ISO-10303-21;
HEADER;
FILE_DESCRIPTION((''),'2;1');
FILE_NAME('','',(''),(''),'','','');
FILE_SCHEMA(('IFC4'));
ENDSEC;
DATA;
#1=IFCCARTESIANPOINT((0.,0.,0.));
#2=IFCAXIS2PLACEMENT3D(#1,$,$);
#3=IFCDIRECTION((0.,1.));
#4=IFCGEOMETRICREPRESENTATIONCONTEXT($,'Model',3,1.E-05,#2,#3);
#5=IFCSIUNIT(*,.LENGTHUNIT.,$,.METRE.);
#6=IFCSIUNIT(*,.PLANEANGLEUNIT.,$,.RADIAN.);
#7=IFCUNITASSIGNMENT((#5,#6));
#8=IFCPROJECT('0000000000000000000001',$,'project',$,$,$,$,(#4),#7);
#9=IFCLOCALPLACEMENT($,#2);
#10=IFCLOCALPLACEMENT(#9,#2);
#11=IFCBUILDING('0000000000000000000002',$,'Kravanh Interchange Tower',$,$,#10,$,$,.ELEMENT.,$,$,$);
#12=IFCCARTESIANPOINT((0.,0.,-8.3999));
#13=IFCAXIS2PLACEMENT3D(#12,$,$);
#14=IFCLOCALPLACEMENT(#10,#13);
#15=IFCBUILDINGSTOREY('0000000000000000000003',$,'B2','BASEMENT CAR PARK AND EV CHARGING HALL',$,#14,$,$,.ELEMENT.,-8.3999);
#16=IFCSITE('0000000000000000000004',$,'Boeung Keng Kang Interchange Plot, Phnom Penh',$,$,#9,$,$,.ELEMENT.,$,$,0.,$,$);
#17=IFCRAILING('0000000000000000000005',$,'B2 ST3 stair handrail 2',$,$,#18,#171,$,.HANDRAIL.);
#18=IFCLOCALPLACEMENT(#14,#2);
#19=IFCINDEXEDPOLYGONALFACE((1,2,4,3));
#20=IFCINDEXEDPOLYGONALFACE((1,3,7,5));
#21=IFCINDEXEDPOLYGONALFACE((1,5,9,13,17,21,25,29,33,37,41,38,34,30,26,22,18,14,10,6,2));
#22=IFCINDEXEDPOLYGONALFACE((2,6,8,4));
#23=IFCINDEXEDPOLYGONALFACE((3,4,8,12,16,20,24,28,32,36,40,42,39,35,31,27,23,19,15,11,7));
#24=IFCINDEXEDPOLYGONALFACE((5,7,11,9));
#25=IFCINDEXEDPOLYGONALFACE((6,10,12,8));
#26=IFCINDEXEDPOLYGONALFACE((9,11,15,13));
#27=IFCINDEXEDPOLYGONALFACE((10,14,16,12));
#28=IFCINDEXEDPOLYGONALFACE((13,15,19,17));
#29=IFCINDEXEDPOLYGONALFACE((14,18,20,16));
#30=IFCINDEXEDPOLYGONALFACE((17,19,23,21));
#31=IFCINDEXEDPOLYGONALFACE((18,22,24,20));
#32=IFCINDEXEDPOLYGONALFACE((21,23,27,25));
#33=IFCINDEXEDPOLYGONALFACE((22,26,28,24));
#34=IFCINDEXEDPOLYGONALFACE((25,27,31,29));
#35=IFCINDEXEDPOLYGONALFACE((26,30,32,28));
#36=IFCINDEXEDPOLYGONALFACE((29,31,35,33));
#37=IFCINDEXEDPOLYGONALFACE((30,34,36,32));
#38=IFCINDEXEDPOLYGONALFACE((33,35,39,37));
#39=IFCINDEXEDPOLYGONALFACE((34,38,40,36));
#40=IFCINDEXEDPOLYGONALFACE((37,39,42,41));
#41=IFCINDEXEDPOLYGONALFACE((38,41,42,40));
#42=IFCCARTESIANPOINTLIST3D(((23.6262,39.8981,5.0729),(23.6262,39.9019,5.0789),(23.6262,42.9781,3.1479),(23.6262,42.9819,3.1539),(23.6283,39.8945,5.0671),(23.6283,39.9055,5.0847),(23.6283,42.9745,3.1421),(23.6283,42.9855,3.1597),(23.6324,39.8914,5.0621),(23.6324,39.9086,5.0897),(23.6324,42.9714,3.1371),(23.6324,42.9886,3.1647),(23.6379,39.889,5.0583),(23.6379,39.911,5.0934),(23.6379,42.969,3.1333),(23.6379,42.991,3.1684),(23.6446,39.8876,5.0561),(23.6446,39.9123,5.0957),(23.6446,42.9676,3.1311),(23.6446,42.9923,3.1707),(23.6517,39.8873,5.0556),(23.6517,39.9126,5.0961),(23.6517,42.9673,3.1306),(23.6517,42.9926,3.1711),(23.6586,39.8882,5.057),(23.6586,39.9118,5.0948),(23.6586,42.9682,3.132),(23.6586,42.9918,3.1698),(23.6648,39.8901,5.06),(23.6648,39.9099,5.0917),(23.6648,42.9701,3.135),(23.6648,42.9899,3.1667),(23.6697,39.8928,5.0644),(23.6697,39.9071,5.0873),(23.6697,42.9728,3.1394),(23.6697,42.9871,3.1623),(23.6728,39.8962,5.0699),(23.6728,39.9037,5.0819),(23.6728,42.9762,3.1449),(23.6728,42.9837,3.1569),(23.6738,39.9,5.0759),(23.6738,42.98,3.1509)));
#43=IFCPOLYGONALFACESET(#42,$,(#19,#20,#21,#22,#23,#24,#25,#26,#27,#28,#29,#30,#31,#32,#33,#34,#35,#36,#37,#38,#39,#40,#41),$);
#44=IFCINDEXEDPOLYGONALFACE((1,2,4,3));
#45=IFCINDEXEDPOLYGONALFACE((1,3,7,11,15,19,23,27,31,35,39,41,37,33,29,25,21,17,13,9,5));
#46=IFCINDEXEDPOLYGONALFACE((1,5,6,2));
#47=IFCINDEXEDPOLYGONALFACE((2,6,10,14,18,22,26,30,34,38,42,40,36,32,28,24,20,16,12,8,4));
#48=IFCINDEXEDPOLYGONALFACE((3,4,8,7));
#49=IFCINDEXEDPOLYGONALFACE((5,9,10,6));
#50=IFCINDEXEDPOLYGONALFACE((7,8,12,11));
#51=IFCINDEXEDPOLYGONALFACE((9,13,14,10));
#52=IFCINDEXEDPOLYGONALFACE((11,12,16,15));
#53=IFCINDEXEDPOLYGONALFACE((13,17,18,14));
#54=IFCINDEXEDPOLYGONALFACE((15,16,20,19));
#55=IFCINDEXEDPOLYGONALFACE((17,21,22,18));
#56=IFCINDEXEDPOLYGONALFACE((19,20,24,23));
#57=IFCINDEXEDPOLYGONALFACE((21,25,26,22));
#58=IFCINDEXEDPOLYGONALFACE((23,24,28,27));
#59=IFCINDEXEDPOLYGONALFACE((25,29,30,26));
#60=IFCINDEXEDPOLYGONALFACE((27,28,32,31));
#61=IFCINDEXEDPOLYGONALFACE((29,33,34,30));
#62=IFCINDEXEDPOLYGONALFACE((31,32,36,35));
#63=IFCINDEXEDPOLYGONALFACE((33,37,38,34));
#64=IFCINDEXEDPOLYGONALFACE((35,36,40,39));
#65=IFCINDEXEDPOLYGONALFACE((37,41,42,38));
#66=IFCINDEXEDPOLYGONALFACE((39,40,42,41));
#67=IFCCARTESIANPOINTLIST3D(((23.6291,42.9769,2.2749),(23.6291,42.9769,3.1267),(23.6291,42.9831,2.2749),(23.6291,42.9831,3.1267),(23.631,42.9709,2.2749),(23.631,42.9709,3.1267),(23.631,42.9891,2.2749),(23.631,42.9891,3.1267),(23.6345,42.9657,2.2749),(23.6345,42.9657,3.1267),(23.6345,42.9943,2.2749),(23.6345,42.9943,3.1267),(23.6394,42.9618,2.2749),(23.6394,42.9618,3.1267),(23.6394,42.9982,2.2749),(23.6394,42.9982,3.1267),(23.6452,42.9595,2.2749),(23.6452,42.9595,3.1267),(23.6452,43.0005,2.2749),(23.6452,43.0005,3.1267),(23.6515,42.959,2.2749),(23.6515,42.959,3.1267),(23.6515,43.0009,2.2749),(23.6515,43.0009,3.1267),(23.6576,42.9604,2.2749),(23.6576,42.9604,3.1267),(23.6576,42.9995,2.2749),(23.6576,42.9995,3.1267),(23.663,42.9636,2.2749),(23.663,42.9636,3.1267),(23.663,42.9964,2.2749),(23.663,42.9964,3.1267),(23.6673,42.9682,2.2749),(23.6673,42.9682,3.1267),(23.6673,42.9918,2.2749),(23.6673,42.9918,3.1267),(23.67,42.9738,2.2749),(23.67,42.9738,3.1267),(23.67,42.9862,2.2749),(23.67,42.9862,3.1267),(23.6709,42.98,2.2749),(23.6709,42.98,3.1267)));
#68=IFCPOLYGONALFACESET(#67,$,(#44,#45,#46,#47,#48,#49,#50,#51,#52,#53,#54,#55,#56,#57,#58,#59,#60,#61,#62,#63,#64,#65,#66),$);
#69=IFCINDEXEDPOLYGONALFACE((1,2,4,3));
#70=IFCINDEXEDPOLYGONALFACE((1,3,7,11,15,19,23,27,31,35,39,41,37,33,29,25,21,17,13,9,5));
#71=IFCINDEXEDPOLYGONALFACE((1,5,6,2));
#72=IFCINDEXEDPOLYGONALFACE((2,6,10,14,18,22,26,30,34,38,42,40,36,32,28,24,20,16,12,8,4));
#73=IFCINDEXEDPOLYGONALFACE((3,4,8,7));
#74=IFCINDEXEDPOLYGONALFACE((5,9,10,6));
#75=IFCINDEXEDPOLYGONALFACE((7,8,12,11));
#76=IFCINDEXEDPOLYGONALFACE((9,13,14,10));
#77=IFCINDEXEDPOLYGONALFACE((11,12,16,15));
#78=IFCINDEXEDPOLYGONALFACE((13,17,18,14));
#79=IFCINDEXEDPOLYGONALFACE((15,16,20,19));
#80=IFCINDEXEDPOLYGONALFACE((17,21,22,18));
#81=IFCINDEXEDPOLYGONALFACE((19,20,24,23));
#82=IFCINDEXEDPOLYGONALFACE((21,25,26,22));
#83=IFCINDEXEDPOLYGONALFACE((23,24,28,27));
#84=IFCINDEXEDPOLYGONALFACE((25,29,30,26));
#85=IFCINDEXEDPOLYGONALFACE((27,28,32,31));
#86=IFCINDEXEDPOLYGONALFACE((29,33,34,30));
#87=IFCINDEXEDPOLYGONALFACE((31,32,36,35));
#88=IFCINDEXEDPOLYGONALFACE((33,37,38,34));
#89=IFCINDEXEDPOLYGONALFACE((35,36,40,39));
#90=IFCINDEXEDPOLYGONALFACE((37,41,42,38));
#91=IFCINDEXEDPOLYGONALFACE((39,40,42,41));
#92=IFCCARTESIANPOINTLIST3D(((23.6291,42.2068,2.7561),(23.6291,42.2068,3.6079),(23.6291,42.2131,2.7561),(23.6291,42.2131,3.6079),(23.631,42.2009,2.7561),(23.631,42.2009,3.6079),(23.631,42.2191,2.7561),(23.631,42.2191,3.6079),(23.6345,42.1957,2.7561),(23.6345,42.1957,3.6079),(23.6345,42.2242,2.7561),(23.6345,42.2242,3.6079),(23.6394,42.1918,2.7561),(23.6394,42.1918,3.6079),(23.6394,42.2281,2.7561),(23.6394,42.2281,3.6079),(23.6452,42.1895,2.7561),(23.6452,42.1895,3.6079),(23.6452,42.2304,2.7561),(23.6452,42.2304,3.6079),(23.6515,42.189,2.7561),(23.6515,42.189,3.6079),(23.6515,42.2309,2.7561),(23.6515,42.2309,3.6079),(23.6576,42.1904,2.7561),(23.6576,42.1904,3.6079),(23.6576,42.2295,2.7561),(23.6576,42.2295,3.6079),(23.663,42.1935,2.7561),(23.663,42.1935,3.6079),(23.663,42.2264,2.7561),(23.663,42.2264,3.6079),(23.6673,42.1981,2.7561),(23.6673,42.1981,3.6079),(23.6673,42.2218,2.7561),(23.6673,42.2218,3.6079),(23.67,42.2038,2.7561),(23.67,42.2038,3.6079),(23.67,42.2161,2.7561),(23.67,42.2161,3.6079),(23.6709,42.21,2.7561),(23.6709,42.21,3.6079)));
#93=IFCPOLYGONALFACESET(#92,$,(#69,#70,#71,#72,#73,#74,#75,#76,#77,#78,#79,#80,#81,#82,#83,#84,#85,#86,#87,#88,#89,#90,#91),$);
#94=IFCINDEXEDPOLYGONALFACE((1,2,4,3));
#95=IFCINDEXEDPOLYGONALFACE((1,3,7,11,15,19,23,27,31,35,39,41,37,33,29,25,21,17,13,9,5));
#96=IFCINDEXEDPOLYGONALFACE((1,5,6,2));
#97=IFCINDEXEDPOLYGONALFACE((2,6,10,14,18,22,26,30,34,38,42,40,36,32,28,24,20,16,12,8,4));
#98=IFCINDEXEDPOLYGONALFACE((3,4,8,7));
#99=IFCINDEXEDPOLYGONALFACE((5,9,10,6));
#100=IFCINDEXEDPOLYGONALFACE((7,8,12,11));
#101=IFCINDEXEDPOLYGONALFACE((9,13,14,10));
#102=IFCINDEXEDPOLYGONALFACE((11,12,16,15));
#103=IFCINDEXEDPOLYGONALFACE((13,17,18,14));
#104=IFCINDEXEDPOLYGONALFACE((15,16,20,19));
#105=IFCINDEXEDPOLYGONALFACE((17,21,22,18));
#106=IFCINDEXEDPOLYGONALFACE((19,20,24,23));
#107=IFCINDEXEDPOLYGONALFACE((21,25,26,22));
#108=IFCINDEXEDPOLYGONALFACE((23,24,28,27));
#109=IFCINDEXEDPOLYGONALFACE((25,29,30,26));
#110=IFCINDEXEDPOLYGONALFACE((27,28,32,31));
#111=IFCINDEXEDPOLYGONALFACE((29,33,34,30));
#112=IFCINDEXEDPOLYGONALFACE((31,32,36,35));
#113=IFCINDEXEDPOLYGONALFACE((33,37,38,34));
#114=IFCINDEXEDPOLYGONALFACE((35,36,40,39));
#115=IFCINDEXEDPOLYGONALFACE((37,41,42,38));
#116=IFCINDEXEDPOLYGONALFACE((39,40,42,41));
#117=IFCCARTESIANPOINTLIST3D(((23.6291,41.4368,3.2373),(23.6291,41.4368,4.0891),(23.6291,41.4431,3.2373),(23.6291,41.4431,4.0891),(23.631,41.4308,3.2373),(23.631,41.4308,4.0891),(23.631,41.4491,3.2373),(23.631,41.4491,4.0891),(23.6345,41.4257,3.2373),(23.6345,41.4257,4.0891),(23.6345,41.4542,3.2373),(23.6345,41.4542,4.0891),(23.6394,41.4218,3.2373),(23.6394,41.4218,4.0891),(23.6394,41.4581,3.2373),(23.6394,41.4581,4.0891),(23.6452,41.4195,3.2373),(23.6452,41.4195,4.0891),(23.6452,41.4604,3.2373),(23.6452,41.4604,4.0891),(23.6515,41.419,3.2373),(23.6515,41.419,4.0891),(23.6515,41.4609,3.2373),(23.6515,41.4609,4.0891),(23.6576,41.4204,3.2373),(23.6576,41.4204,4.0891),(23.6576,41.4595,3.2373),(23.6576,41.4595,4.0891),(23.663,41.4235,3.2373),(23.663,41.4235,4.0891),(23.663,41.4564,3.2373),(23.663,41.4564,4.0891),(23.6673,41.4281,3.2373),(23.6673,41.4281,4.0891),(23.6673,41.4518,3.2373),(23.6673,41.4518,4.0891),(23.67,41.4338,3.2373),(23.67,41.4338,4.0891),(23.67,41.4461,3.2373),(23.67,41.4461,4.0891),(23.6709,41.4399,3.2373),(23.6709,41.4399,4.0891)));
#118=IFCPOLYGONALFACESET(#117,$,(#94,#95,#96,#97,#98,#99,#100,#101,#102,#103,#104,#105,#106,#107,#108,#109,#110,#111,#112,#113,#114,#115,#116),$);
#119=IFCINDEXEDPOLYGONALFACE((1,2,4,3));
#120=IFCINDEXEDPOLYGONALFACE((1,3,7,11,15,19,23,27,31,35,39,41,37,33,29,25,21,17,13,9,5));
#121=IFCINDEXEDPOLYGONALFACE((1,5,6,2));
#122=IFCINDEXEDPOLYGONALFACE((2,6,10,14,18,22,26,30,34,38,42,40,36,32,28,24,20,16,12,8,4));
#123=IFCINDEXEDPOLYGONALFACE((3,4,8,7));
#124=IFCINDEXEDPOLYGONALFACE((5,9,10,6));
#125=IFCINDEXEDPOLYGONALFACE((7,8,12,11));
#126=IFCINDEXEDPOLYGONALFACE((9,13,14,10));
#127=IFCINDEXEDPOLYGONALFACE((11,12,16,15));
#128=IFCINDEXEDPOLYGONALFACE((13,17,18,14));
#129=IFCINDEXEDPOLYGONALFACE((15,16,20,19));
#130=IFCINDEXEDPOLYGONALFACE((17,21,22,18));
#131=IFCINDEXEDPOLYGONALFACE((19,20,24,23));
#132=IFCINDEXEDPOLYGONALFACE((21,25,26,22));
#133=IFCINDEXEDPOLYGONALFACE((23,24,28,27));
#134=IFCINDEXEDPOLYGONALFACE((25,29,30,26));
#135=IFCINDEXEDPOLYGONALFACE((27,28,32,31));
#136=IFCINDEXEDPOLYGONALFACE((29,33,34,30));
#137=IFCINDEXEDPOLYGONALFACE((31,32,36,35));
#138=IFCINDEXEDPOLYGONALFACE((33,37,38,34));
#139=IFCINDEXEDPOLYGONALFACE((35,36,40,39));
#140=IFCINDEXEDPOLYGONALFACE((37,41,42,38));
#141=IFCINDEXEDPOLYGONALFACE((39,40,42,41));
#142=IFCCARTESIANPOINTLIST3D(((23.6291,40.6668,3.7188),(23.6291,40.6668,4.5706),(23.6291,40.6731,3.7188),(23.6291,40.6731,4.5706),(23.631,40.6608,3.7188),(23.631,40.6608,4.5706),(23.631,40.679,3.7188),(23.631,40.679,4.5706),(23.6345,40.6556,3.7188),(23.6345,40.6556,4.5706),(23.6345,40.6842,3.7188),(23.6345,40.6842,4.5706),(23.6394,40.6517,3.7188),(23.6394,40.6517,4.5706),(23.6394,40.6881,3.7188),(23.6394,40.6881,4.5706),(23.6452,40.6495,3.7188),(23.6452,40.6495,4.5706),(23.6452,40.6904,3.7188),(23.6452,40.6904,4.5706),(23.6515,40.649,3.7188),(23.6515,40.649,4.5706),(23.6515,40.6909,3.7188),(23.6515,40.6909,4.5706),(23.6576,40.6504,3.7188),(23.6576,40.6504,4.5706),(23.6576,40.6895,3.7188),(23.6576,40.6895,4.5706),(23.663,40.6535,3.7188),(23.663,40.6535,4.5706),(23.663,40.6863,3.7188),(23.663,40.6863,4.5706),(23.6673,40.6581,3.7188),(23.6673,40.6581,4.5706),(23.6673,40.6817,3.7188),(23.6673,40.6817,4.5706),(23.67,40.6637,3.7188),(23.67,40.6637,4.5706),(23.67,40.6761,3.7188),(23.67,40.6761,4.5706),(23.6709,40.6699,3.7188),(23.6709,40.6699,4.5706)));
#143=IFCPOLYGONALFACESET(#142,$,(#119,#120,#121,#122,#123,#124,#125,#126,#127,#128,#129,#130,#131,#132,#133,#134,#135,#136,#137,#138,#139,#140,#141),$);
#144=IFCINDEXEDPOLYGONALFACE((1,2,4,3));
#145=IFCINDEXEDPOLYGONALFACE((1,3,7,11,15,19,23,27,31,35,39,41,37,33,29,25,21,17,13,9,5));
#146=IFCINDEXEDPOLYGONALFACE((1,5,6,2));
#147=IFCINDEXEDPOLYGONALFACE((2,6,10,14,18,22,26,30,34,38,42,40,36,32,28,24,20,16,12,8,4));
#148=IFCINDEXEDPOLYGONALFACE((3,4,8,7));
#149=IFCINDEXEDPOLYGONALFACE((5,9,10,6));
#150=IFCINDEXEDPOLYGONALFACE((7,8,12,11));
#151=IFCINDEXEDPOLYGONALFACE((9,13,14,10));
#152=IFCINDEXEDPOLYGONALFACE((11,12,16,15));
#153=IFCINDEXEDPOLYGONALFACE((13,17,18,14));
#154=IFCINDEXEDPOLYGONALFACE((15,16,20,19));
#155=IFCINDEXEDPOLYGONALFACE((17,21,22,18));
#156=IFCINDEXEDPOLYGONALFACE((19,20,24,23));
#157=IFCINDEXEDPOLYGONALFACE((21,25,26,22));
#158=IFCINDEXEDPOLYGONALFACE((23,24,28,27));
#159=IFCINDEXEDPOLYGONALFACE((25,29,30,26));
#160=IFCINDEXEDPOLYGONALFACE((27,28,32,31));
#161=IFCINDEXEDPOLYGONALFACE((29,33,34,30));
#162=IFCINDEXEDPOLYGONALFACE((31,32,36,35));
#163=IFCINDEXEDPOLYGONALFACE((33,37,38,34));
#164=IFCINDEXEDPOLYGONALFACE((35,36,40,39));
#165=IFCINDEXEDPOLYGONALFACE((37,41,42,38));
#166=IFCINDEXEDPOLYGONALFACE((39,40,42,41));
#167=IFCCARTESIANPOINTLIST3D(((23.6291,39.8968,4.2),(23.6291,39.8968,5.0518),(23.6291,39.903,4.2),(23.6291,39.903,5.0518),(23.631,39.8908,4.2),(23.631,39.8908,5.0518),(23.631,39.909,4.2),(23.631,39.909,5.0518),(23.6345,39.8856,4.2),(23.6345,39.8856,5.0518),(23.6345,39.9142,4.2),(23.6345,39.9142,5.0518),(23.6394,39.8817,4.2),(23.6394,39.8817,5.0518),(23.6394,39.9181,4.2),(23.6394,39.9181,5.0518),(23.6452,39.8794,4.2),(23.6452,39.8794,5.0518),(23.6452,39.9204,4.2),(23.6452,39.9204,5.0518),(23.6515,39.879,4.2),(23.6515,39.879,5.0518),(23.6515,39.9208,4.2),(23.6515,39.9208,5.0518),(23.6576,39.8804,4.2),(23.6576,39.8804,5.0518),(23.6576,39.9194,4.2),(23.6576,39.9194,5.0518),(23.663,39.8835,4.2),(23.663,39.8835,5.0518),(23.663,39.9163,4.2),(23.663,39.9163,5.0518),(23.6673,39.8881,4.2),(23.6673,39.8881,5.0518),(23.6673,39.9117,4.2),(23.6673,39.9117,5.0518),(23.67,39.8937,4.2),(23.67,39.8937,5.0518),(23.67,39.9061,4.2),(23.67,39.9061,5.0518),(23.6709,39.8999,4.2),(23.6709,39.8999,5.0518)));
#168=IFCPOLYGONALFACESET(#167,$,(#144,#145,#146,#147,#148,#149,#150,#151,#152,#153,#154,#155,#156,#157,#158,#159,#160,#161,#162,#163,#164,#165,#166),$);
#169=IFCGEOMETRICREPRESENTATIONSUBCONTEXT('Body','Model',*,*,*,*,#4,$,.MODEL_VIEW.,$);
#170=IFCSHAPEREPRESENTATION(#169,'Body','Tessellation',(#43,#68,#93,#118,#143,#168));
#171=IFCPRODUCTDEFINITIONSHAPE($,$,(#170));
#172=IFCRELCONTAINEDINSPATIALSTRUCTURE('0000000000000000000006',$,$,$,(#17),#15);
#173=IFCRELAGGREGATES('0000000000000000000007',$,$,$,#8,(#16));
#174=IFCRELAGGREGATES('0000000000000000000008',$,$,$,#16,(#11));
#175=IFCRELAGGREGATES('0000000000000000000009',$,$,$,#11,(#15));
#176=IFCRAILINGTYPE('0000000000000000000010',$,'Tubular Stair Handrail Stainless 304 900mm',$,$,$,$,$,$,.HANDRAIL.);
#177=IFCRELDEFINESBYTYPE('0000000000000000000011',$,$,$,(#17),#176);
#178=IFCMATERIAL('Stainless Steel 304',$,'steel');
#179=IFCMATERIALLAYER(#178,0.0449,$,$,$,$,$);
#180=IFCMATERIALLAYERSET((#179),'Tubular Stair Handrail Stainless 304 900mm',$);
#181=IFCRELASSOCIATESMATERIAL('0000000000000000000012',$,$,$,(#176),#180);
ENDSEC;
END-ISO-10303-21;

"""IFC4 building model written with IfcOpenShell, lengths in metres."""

from ifc_helpers import new_model, si_unit, direction, frame, origin, origin_2d, place, context, subcontext, project, spatial, circle, extrude, material, layer, layer_set, type_object, element, save


model = new_model("IFC4")

# Units and contexts
model_context = context("Model", 3, precision=1e-05, world=origin(), true_north=direction((0.0, 1.0)))
body_context = subcontext(model_context, "Body", "Model", "MODEL_VIEW")
ifc_project = project(units=[si_unit("LENGTHUNIT", "METRE"), si_unit("PLANEANGLEUNIT", "RADIAN")], contexts=[model_context])

# Site, building, storey
site_placement = place(None, origin())
site = spatial("IfcSite", under=ifc_project, at=site_placement, Name="Boeung Keng Kang Interchange Plot, Phnom Penh", CompositionType="ELEMENT", RefElevation=0.0)
building_placement = place(site_placement, origin())
building = spatial("IfcBuilding", under=site, at=building_placement, Name="Kravanh Interchange Tower", CompositionType="ELEMENT")
storey_placement = place(building_placement, frame((0.0, 0.0, -8.3999)))
storey = spatial("IfcBuildingStorey", under=building, at=storey_placement, Name="B2", Description="BASEMENT CAR PARK AND EV CHARGING HALL", CompositionType="ELEMENT", Elevation=-8.3999)

# Railing
ifc_material_1 = material(Name="Stainless Steel 304", Category="steel")
ifc_layer_1 = layer(ifc_material_1, 0.0449)
ifc_layer_set_1 = layer_set([ifc_layer_1], Name="Tubular Stair Handrail Stainless 304 900mm")
railing_type_1 = type_object("IfcRailingType", Name="Tubular Stair Handrail Stainless 304 900mm", PredefinedType="HANDRAIL", material=ifc_layer_set_1)
railing_1_placement = place(storey_placement, frame((23.6499, 42.98, 2.2749)))
element("IfcRailing", 1, at=railing_1_placement, inside=storey, type_object=railing_type_1, Name="B2 ST3 stair handrail 2", PredefinedType="HANDRAIL", context=body_context, shape_type="SweptSolid", body=[
    extrude(circle(Radius=0.0239, at=origin_2d()), frame((0.0, 0.0, 0.876), z_axis=(0.0, -0.847998, 0.529999), x_axis=(1.0, 0.0, 0.0)), (0.0, 0.0, 1.0), 3.6321),
    extrude(circle(Radius=0.021, at=origin_2d()), origin(), (0.0, 0.0, 1.0), 0.8518),
    extrude(circle(Radius=0.021, at=origin_2d()), frame((0.0, -0.77, 0.4812)), (0.0, 0.0, 1.0), 0.8518),
    extrude(circle(Radius=0.021, at=origin_2d()), frame((0.0, -1.54, 0.9624)), (0.0, 0.0, 1.0), 0.8518),
    extrude(circle(Radius=0.021, at=origin_2d()), frame((0.0, -2.3101, 1.4438)), (0.0, 0.0, 1.0), 0.8518),
    extrude(circle(Radius=0.021, at=origin_2d()), frame((0.0, -3.0801, 1.925)), (0.0, 0.0, 1.0), 0.8518),
])

save(model, "model.ifc")
